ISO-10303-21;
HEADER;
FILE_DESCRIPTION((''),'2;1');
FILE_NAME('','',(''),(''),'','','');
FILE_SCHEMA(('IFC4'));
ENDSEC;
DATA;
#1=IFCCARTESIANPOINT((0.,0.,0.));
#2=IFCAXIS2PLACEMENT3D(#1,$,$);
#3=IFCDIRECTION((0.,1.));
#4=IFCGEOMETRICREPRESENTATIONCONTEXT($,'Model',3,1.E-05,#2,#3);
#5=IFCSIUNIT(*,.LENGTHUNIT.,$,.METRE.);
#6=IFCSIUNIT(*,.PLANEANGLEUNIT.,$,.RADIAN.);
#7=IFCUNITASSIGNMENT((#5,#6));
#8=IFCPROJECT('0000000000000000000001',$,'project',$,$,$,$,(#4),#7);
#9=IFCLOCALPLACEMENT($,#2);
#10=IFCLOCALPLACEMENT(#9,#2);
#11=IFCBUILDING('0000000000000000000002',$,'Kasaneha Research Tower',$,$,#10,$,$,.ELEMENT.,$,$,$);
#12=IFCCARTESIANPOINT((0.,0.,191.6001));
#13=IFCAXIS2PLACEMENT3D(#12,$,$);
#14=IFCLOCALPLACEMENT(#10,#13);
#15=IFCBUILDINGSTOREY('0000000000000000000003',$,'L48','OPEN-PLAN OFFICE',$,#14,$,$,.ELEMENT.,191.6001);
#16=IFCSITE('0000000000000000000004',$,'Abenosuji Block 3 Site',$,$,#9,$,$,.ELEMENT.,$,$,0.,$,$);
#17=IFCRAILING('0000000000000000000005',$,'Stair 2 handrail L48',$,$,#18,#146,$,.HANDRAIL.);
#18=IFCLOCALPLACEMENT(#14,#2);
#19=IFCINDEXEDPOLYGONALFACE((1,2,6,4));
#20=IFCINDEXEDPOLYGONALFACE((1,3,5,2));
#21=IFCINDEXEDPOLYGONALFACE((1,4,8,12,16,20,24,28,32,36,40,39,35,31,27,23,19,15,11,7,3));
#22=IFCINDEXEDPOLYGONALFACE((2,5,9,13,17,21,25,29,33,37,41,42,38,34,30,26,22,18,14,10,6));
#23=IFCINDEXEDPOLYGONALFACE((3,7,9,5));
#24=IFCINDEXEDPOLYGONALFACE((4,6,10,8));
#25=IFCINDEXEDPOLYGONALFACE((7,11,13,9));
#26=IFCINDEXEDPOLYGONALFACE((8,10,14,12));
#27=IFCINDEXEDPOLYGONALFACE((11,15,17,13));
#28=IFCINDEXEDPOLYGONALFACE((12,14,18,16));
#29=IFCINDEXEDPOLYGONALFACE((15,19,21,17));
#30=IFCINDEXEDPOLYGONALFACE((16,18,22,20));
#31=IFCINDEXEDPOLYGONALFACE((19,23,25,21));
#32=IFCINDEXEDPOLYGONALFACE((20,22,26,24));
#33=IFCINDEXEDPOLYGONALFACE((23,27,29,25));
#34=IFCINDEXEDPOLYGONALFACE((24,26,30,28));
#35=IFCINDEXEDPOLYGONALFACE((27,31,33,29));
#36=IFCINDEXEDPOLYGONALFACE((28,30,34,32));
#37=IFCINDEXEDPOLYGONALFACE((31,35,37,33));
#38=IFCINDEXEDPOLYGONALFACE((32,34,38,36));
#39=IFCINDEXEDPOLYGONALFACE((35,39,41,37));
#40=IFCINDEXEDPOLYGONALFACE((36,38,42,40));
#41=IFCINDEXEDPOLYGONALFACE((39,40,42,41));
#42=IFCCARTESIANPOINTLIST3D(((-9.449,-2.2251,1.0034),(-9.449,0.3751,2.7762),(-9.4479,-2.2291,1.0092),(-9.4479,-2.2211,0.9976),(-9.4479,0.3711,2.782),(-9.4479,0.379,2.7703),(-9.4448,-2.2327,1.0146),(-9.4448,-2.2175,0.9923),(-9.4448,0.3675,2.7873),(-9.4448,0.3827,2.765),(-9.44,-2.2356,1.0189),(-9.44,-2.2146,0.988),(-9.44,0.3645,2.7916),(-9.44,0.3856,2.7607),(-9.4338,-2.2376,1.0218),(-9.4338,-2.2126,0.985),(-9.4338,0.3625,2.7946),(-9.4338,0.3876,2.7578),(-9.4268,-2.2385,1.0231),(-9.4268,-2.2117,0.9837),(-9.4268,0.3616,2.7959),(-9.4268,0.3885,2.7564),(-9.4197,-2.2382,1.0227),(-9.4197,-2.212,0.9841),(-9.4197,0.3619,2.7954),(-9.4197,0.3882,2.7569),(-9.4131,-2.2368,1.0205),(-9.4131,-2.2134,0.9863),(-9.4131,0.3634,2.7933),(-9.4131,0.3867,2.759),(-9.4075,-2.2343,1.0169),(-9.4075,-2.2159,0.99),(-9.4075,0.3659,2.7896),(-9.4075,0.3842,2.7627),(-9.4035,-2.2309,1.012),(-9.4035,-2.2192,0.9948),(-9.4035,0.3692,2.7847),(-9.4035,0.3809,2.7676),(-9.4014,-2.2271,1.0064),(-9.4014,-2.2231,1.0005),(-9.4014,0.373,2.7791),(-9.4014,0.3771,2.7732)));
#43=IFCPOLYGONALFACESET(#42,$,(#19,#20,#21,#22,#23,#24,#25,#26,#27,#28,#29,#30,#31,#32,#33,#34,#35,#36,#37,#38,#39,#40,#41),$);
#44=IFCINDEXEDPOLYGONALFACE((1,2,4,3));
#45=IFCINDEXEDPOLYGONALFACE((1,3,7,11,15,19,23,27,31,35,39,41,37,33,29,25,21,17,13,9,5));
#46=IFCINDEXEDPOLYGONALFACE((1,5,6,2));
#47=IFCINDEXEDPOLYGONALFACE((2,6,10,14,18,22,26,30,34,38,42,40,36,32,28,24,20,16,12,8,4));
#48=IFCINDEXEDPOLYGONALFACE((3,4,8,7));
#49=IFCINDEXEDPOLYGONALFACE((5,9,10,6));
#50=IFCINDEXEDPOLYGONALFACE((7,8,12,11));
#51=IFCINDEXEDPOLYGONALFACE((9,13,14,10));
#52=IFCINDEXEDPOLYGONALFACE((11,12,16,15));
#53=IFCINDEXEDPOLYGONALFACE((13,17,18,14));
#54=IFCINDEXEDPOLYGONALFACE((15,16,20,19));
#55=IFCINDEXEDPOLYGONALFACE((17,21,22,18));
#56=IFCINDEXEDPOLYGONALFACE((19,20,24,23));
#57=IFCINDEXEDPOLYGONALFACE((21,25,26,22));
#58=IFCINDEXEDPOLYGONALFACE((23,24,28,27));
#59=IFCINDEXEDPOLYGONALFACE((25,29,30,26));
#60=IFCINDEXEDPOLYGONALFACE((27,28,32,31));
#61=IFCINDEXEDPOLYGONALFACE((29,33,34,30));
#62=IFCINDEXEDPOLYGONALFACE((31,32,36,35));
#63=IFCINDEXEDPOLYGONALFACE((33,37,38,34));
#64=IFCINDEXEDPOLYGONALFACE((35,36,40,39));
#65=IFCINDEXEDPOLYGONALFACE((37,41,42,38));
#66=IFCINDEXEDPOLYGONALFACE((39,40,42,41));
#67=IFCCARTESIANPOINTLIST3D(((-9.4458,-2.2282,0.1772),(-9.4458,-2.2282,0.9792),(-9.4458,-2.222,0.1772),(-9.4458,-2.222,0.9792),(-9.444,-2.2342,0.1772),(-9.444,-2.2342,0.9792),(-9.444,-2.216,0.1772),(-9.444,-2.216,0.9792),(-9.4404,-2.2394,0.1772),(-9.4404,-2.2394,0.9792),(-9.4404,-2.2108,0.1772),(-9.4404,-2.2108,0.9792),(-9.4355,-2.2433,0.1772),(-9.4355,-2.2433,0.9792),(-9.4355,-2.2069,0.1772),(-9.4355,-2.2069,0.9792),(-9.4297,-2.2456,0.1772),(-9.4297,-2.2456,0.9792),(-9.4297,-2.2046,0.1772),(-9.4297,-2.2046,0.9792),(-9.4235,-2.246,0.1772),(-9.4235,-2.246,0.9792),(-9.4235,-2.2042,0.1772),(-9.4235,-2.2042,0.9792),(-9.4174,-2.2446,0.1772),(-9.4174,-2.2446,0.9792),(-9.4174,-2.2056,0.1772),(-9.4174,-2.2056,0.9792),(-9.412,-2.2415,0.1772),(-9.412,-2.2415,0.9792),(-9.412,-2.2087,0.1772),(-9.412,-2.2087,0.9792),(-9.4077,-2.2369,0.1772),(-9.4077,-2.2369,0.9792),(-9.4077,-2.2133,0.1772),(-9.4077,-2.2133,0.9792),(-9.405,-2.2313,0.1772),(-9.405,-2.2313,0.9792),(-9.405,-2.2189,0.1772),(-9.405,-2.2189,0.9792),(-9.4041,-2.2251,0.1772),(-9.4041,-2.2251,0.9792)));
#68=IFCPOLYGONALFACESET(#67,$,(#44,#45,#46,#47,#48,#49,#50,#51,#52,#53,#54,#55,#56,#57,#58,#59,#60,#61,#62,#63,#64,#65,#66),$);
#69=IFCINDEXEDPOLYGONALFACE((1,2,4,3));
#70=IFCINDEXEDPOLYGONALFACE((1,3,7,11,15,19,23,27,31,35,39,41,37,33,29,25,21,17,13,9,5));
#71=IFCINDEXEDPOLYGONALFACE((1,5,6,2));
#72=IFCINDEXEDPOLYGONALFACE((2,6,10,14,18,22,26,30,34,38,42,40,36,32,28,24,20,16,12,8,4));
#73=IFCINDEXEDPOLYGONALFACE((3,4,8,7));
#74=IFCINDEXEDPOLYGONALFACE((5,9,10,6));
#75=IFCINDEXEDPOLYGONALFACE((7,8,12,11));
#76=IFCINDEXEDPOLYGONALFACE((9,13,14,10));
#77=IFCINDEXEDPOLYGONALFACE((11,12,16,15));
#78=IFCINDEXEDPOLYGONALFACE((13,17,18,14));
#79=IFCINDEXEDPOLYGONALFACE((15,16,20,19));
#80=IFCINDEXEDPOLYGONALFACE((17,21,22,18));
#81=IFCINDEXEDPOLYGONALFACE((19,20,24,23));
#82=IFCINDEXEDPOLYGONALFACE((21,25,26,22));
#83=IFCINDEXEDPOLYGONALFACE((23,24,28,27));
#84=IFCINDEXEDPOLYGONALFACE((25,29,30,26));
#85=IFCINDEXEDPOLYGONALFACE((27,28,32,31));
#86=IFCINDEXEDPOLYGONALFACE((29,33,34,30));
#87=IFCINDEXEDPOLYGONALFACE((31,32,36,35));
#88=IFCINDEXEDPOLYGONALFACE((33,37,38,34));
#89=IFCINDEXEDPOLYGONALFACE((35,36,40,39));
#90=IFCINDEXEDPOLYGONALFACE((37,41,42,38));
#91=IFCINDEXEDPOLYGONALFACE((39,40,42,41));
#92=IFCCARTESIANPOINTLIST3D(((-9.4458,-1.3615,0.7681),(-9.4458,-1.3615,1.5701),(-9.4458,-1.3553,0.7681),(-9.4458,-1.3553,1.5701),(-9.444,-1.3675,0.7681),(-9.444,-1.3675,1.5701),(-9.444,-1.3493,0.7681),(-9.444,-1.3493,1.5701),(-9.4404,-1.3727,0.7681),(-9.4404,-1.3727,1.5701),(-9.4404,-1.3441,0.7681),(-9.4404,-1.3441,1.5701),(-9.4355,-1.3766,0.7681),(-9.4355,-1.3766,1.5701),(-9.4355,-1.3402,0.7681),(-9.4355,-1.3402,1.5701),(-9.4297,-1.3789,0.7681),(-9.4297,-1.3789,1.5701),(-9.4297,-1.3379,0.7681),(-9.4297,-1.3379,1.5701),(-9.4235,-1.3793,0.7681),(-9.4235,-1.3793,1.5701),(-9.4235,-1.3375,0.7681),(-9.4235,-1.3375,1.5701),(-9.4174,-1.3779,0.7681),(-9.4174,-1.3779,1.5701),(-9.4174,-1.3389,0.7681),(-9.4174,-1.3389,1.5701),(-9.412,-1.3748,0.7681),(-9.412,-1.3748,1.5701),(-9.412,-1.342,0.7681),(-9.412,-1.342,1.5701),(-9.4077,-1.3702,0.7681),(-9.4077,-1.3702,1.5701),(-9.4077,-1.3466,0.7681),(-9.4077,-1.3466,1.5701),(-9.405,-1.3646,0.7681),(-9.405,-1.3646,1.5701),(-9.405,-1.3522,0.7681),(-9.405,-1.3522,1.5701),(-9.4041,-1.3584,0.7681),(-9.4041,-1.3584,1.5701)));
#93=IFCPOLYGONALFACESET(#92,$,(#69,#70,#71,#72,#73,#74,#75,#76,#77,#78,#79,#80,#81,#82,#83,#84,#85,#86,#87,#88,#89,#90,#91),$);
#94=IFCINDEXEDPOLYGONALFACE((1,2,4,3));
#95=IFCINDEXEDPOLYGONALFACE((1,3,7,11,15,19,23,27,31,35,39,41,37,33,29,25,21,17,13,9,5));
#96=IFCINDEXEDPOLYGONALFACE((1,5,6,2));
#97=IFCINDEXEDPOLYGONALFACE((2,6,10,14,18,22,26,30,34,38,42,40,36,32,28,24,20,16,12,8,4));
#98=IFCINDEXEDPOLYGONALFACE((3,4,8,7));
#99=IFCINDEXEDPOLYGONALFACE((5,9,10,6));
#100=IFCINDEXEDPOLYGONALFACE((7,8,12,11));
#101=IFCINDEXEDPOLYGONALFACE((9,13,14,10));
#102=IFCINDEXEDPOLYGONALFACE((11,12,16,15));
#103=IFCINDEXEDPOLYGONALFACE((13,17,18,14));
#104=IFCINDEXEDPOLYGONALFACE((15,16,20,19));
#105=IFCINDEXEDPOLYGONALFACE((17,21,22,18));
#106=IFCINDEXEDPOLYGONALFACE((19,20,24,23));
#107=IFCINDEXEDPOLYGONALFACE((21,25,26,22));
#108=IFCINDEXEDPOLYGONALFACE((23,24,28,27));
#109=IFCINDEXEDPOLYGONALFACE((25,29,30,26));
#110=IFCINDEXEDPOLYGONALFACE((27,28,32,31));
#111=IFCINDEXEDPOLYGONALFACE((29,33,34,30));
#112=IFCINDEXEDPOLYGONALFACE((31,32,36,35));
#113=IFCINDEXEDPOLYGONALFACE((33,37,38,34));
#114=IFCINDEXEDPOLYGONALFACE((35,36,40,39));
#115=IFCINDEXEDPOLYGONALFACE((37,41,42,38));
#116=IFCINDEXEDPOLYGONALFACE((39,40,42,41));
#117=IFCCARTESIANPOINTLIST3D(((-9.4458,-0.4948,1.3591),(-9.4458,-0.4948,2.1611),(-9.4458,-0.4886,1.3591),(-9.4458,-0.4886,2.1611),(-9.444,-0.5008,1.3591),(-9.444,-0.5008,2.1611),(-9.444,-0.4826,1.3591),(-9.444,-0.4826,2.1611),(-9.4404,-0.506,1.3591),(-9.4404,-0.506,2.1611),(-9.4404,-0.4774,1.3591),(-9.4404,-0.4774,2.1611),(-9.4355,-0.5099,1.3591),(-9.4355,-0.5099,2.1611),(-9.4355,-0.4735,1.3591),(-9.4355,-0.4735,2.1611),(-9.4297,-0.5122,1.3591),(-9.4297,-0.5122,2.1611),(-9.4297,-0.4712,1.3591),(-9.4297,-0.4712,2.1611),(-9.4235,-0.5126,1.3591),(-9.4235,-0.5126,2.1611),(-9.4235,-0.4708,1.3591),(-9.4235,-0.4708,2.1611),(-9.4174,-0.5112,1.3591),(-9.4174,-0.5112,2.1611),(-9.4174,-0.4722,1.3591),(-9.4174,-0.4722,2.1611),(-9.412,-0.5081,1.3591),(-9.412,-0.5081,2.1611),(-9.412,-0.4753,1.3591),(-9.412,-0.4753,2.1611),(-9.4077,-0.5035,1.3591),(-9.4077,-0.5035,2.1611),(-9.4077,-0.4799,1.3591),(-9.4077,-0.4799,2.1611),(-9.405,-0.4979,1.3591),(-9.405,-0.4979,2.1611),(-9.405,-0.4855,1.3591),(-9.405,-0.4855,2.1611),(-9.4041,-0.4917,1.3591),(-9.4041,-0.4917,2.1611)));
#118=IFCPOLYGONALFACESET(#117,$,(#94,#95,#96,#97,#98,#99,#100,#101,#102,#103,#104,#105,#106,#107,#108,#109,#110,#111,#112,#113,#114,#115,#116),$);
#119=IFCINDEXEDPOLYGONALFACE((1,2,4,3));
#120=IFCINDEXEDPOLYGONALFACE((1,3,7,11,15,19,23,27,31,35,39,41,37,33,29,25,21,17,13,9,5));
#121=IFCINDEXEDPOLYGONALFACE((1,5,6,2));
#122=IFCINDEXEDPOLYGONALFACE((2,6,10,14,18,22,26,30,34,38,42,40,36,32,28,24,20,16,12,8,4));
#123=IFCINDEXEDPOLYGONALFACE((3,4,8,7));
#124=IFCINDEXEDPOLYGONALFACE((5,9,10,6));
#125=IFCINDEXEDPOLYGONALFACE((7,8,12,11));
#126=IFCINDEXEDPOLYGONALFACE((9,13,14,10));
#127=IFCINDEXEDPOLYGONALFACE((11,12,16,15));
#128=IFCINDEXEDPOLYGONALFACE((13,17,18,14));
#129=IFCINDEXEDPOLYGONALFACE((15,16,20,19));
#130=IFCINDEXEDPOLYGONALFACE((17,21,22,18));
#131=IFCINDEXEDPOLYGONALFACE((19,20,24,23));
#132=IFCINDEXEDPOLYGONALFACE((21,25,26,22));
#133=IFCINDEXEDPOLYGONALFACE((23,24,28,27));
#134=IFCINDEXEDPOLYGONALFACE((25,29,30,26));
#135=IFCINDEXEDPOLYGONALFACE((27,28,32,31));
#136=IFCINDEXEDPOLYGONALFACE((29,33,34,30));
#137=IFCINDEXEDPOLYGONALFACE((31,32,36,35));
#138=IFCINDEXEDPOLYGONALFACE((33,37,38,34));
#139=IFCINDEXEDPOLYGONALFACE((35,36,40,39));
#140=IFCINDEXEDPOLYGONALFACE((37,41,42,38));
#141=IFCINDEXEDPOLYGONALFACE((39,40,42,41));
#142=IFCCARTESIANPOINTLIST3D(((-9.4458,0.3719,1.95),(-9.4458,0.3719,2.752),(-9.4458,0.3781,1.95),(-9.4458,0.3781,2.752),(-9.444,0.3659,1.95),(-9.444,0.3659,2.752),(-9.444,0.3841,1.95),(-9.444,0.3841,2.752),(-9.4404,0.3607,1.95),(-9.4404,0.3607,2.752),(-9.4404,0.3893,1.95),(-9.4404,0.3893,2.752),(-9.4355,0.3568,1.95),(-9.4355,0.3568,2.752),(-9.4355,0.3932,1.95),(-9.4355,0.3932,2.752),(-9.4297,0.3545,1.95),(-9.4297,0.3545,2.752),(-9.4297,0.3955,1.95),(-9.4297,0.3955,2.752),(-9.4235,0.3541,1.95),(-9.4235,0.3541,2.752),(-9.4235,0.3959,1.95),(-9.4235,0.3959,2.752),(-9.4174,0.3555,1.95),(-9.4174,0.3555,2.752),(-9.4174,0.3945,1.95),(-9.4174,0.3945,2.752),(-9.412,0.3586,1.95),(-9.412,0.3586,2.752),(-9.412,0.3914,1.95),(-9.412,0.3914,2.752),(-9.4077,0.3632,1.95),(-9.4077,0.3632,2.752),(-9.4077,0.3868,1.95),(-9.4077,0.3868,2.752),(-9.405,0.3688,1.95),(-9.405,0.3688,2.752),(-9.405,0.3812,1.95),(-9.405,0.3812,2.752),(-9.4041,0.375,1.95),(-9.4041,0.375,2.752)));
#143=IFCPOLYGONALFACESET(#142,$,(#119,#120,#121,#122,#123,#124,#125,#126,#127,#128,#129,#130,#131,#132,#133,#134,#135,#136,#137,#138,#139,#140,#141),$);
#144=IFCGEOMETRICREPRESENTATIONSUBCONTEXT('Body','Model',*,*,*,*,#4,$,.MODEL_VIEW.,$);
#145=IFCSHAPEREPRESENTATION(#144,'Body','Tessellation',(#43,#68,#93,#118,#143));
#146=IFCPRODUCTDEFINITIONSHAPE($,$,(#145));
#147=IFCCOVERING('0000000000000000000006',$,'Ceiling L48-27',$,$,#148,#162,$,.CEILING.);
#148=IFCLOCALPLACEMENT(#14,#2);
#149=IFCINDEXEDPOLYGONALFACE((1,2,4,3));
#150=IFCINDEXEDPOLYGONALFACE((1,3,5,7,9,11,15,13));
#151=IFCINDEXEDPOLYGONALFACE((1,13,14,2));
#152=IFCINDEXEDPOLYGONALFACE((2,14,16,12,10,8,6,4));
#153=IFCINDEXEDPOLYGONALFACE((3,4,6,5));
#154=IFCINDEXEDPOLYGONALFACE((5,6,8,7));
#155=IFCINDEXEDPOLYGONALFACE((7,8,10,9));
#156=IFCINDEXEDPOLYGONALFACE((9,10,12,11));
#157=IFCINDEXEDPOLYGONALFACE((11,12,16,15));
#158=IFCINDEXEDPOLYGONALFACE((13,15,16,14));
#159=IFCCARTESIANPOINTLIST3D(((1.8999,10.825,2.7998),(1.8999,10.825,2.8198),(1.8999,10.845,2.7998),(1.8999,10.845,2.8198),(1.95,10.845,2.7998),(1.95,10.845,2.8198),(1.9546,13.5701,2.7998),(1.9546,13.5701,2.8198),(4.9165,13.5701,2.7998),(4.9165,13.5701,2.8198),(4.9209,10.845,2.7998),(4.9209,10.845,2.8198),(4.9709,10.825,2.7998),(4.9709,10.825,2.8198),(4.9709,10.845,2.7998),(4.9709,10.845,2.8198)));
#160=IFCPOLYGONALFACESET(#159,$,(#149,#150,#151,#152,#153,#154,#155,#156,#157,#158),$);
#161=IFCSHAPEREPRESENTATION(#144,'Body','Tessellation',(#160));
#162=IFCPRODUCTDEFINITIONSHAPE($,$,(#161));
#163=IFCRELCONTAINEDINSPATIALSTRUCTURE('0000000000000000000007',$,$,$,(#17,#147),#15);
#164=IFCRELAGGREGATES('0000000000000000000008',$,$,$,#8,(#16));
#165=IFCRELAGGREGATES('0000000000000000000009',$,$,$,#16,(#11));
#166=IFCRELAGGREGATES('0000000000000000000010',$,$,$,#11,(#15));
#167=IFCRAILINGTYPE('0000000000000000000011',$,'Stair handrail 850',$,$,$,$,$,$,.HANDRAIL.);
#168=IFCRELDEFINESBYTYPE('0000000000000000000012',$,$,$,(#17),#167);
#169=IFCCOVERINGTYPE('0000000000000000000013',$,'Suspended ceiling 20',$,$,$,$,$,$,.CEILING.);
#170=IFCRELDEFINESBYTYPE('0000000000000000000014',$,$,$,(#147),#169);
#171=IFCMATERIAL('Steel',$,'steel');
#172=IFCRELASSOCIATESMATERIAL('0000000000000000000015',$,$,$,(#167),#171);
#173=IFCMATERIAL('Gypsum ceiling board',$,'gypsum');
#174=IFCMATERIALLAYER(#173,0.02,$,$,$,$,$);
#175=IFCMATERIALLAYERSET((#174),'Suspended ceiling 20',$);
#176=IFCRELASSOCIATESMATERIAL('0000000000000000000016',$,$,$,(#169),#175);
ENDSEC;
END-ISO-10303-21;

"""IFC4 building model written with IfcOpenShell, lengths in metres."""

from ifc_helpers import new_model, si_unit, direction, frame, origin, origin_2d, place, context, subcontext, project, spatial, polyline, circle, outline, extrude, material, layer, layer_set, type_object, element, save


model = new_model("IFC4")

# Units and contexts
model_context = context("Model", 3, precision=1e-05, world=origin(), true_north=direction((0.0, 1.0)))
body_context = subcontext(model_context, "Body", "Model", "MODEL_VIEW")
ifc_project = project(units=[si_unit("LENGTHUNIT", "METRE"), si_unit("PLANEANGLEUNIT", "RADIAN")], contexts=[model_context])

# Site, building, storey
site_placement = place(None, origin())
site = spatial("IfcSite", under=ifc_project, at=site_placement, Name="Abenosuji Block 3 Site", CompositionType="ELEMENT", RefElevation=0.0)
building_placement = place(site_placement, origin())
building = spatial("IfcBuilding", under=site, at=building_placement, Name="Kasaneha Research Tower", CompositionType="ELEMENT")
storey_placement = place(building_placement, frame((0.0, 0.0, 191.6001)))
storey = spatial("IfcBuildingStorey", under=building, at=storey_placement, Name="L48", Description="OPEN-PLAN OFFICE", CompositionType="ELEMENT", Elevation=191.6001)

# Railing
ifc_material_1 = material(Name="Steel", Category="steel")
railing_type = type_object("IfcRailingType", Name="Stair handrail 850", PredefinedType="HANDRAIL", material=ifc_material_1)
railing_placement = place(storey_placement, frame((-9.425, -2.2251, 0.1772)))
element("IfcRailing", 1, at=railing_placement, inside=storey, type_object=railing_type, Name="Stair 2 handrail L48", PredefinedType="HANDRAIL", context=body_context, shape_type="SweptSolid", body=[
    extrude(circle(Radius=0.0239, at=origin_2d()), frame((0.0, 0.0, 0.8262), z_axis=(0.0, 0.82624, 0.563318), x_axis=(-1.0, 0.0, 0.0)), (0.0, 0.0, 1.0), 3.147),
    extrude(circle(Radius=0.021, at=origin_2d()), origin(), (0.0, 0.0, 1.0), 0.802),
    extrude(circle(Radius=0.021, at=origin_2d()), frame((0.0, 0.8667, 0.5908)), (0.0, 0.0, 1.0), 0.802),
    extrude(circle(Radius=0.021, at=origin_2d()), frame((0.0, 1.7334, 1.1819)), (0.0, 0.0, 1.0), 0.802),
    extrude(circle(Radius=0.021, at=origin_2d()), frame((0.0, 2.6001, 1.7727)), (0.0, 0.0, 1.0), 0.802),
])

# Covering
ifc_material_2 = material(Name="Gypsum ceiling board", Category="gypsum")
ifc_layer_1 = layer(ifc_material_2, 0.02)
ifc_layer_set_1 = layer_set([ifc_layer_1], Name="Suspended ceiling 20")
covering_type_1 = type_object("IfcCoveringType", Name="Suspended ceiling 20", PredefinedType="CEILING", material=ifc_layer_set_1)
covering_1_placement = place(storey_placement, frame((0.0, 0.0, 2.7998)))
element("IfcCovering", 2, at=covering_1_placement, inside=storey, type_object=covering_type_1, Name="Ceiling L48-27", PredefinedType="CEILING", context=body_context, shape_type="SweptSolid", body=[
    extrude(outline(polyline([(1.8999, 10.825), (1.8999, 10.845), (1.95, 10.845), (1.9546, 13.5701), (4.9165, 13.5701), (4.9209, 10.845), (4.9709, 10.845), (4.9709, 10.825), (1.8999, 10.825)])), origin(), (0.0, 0.0, 1.0), 0.02),
])

save(model, "model.ifc")
